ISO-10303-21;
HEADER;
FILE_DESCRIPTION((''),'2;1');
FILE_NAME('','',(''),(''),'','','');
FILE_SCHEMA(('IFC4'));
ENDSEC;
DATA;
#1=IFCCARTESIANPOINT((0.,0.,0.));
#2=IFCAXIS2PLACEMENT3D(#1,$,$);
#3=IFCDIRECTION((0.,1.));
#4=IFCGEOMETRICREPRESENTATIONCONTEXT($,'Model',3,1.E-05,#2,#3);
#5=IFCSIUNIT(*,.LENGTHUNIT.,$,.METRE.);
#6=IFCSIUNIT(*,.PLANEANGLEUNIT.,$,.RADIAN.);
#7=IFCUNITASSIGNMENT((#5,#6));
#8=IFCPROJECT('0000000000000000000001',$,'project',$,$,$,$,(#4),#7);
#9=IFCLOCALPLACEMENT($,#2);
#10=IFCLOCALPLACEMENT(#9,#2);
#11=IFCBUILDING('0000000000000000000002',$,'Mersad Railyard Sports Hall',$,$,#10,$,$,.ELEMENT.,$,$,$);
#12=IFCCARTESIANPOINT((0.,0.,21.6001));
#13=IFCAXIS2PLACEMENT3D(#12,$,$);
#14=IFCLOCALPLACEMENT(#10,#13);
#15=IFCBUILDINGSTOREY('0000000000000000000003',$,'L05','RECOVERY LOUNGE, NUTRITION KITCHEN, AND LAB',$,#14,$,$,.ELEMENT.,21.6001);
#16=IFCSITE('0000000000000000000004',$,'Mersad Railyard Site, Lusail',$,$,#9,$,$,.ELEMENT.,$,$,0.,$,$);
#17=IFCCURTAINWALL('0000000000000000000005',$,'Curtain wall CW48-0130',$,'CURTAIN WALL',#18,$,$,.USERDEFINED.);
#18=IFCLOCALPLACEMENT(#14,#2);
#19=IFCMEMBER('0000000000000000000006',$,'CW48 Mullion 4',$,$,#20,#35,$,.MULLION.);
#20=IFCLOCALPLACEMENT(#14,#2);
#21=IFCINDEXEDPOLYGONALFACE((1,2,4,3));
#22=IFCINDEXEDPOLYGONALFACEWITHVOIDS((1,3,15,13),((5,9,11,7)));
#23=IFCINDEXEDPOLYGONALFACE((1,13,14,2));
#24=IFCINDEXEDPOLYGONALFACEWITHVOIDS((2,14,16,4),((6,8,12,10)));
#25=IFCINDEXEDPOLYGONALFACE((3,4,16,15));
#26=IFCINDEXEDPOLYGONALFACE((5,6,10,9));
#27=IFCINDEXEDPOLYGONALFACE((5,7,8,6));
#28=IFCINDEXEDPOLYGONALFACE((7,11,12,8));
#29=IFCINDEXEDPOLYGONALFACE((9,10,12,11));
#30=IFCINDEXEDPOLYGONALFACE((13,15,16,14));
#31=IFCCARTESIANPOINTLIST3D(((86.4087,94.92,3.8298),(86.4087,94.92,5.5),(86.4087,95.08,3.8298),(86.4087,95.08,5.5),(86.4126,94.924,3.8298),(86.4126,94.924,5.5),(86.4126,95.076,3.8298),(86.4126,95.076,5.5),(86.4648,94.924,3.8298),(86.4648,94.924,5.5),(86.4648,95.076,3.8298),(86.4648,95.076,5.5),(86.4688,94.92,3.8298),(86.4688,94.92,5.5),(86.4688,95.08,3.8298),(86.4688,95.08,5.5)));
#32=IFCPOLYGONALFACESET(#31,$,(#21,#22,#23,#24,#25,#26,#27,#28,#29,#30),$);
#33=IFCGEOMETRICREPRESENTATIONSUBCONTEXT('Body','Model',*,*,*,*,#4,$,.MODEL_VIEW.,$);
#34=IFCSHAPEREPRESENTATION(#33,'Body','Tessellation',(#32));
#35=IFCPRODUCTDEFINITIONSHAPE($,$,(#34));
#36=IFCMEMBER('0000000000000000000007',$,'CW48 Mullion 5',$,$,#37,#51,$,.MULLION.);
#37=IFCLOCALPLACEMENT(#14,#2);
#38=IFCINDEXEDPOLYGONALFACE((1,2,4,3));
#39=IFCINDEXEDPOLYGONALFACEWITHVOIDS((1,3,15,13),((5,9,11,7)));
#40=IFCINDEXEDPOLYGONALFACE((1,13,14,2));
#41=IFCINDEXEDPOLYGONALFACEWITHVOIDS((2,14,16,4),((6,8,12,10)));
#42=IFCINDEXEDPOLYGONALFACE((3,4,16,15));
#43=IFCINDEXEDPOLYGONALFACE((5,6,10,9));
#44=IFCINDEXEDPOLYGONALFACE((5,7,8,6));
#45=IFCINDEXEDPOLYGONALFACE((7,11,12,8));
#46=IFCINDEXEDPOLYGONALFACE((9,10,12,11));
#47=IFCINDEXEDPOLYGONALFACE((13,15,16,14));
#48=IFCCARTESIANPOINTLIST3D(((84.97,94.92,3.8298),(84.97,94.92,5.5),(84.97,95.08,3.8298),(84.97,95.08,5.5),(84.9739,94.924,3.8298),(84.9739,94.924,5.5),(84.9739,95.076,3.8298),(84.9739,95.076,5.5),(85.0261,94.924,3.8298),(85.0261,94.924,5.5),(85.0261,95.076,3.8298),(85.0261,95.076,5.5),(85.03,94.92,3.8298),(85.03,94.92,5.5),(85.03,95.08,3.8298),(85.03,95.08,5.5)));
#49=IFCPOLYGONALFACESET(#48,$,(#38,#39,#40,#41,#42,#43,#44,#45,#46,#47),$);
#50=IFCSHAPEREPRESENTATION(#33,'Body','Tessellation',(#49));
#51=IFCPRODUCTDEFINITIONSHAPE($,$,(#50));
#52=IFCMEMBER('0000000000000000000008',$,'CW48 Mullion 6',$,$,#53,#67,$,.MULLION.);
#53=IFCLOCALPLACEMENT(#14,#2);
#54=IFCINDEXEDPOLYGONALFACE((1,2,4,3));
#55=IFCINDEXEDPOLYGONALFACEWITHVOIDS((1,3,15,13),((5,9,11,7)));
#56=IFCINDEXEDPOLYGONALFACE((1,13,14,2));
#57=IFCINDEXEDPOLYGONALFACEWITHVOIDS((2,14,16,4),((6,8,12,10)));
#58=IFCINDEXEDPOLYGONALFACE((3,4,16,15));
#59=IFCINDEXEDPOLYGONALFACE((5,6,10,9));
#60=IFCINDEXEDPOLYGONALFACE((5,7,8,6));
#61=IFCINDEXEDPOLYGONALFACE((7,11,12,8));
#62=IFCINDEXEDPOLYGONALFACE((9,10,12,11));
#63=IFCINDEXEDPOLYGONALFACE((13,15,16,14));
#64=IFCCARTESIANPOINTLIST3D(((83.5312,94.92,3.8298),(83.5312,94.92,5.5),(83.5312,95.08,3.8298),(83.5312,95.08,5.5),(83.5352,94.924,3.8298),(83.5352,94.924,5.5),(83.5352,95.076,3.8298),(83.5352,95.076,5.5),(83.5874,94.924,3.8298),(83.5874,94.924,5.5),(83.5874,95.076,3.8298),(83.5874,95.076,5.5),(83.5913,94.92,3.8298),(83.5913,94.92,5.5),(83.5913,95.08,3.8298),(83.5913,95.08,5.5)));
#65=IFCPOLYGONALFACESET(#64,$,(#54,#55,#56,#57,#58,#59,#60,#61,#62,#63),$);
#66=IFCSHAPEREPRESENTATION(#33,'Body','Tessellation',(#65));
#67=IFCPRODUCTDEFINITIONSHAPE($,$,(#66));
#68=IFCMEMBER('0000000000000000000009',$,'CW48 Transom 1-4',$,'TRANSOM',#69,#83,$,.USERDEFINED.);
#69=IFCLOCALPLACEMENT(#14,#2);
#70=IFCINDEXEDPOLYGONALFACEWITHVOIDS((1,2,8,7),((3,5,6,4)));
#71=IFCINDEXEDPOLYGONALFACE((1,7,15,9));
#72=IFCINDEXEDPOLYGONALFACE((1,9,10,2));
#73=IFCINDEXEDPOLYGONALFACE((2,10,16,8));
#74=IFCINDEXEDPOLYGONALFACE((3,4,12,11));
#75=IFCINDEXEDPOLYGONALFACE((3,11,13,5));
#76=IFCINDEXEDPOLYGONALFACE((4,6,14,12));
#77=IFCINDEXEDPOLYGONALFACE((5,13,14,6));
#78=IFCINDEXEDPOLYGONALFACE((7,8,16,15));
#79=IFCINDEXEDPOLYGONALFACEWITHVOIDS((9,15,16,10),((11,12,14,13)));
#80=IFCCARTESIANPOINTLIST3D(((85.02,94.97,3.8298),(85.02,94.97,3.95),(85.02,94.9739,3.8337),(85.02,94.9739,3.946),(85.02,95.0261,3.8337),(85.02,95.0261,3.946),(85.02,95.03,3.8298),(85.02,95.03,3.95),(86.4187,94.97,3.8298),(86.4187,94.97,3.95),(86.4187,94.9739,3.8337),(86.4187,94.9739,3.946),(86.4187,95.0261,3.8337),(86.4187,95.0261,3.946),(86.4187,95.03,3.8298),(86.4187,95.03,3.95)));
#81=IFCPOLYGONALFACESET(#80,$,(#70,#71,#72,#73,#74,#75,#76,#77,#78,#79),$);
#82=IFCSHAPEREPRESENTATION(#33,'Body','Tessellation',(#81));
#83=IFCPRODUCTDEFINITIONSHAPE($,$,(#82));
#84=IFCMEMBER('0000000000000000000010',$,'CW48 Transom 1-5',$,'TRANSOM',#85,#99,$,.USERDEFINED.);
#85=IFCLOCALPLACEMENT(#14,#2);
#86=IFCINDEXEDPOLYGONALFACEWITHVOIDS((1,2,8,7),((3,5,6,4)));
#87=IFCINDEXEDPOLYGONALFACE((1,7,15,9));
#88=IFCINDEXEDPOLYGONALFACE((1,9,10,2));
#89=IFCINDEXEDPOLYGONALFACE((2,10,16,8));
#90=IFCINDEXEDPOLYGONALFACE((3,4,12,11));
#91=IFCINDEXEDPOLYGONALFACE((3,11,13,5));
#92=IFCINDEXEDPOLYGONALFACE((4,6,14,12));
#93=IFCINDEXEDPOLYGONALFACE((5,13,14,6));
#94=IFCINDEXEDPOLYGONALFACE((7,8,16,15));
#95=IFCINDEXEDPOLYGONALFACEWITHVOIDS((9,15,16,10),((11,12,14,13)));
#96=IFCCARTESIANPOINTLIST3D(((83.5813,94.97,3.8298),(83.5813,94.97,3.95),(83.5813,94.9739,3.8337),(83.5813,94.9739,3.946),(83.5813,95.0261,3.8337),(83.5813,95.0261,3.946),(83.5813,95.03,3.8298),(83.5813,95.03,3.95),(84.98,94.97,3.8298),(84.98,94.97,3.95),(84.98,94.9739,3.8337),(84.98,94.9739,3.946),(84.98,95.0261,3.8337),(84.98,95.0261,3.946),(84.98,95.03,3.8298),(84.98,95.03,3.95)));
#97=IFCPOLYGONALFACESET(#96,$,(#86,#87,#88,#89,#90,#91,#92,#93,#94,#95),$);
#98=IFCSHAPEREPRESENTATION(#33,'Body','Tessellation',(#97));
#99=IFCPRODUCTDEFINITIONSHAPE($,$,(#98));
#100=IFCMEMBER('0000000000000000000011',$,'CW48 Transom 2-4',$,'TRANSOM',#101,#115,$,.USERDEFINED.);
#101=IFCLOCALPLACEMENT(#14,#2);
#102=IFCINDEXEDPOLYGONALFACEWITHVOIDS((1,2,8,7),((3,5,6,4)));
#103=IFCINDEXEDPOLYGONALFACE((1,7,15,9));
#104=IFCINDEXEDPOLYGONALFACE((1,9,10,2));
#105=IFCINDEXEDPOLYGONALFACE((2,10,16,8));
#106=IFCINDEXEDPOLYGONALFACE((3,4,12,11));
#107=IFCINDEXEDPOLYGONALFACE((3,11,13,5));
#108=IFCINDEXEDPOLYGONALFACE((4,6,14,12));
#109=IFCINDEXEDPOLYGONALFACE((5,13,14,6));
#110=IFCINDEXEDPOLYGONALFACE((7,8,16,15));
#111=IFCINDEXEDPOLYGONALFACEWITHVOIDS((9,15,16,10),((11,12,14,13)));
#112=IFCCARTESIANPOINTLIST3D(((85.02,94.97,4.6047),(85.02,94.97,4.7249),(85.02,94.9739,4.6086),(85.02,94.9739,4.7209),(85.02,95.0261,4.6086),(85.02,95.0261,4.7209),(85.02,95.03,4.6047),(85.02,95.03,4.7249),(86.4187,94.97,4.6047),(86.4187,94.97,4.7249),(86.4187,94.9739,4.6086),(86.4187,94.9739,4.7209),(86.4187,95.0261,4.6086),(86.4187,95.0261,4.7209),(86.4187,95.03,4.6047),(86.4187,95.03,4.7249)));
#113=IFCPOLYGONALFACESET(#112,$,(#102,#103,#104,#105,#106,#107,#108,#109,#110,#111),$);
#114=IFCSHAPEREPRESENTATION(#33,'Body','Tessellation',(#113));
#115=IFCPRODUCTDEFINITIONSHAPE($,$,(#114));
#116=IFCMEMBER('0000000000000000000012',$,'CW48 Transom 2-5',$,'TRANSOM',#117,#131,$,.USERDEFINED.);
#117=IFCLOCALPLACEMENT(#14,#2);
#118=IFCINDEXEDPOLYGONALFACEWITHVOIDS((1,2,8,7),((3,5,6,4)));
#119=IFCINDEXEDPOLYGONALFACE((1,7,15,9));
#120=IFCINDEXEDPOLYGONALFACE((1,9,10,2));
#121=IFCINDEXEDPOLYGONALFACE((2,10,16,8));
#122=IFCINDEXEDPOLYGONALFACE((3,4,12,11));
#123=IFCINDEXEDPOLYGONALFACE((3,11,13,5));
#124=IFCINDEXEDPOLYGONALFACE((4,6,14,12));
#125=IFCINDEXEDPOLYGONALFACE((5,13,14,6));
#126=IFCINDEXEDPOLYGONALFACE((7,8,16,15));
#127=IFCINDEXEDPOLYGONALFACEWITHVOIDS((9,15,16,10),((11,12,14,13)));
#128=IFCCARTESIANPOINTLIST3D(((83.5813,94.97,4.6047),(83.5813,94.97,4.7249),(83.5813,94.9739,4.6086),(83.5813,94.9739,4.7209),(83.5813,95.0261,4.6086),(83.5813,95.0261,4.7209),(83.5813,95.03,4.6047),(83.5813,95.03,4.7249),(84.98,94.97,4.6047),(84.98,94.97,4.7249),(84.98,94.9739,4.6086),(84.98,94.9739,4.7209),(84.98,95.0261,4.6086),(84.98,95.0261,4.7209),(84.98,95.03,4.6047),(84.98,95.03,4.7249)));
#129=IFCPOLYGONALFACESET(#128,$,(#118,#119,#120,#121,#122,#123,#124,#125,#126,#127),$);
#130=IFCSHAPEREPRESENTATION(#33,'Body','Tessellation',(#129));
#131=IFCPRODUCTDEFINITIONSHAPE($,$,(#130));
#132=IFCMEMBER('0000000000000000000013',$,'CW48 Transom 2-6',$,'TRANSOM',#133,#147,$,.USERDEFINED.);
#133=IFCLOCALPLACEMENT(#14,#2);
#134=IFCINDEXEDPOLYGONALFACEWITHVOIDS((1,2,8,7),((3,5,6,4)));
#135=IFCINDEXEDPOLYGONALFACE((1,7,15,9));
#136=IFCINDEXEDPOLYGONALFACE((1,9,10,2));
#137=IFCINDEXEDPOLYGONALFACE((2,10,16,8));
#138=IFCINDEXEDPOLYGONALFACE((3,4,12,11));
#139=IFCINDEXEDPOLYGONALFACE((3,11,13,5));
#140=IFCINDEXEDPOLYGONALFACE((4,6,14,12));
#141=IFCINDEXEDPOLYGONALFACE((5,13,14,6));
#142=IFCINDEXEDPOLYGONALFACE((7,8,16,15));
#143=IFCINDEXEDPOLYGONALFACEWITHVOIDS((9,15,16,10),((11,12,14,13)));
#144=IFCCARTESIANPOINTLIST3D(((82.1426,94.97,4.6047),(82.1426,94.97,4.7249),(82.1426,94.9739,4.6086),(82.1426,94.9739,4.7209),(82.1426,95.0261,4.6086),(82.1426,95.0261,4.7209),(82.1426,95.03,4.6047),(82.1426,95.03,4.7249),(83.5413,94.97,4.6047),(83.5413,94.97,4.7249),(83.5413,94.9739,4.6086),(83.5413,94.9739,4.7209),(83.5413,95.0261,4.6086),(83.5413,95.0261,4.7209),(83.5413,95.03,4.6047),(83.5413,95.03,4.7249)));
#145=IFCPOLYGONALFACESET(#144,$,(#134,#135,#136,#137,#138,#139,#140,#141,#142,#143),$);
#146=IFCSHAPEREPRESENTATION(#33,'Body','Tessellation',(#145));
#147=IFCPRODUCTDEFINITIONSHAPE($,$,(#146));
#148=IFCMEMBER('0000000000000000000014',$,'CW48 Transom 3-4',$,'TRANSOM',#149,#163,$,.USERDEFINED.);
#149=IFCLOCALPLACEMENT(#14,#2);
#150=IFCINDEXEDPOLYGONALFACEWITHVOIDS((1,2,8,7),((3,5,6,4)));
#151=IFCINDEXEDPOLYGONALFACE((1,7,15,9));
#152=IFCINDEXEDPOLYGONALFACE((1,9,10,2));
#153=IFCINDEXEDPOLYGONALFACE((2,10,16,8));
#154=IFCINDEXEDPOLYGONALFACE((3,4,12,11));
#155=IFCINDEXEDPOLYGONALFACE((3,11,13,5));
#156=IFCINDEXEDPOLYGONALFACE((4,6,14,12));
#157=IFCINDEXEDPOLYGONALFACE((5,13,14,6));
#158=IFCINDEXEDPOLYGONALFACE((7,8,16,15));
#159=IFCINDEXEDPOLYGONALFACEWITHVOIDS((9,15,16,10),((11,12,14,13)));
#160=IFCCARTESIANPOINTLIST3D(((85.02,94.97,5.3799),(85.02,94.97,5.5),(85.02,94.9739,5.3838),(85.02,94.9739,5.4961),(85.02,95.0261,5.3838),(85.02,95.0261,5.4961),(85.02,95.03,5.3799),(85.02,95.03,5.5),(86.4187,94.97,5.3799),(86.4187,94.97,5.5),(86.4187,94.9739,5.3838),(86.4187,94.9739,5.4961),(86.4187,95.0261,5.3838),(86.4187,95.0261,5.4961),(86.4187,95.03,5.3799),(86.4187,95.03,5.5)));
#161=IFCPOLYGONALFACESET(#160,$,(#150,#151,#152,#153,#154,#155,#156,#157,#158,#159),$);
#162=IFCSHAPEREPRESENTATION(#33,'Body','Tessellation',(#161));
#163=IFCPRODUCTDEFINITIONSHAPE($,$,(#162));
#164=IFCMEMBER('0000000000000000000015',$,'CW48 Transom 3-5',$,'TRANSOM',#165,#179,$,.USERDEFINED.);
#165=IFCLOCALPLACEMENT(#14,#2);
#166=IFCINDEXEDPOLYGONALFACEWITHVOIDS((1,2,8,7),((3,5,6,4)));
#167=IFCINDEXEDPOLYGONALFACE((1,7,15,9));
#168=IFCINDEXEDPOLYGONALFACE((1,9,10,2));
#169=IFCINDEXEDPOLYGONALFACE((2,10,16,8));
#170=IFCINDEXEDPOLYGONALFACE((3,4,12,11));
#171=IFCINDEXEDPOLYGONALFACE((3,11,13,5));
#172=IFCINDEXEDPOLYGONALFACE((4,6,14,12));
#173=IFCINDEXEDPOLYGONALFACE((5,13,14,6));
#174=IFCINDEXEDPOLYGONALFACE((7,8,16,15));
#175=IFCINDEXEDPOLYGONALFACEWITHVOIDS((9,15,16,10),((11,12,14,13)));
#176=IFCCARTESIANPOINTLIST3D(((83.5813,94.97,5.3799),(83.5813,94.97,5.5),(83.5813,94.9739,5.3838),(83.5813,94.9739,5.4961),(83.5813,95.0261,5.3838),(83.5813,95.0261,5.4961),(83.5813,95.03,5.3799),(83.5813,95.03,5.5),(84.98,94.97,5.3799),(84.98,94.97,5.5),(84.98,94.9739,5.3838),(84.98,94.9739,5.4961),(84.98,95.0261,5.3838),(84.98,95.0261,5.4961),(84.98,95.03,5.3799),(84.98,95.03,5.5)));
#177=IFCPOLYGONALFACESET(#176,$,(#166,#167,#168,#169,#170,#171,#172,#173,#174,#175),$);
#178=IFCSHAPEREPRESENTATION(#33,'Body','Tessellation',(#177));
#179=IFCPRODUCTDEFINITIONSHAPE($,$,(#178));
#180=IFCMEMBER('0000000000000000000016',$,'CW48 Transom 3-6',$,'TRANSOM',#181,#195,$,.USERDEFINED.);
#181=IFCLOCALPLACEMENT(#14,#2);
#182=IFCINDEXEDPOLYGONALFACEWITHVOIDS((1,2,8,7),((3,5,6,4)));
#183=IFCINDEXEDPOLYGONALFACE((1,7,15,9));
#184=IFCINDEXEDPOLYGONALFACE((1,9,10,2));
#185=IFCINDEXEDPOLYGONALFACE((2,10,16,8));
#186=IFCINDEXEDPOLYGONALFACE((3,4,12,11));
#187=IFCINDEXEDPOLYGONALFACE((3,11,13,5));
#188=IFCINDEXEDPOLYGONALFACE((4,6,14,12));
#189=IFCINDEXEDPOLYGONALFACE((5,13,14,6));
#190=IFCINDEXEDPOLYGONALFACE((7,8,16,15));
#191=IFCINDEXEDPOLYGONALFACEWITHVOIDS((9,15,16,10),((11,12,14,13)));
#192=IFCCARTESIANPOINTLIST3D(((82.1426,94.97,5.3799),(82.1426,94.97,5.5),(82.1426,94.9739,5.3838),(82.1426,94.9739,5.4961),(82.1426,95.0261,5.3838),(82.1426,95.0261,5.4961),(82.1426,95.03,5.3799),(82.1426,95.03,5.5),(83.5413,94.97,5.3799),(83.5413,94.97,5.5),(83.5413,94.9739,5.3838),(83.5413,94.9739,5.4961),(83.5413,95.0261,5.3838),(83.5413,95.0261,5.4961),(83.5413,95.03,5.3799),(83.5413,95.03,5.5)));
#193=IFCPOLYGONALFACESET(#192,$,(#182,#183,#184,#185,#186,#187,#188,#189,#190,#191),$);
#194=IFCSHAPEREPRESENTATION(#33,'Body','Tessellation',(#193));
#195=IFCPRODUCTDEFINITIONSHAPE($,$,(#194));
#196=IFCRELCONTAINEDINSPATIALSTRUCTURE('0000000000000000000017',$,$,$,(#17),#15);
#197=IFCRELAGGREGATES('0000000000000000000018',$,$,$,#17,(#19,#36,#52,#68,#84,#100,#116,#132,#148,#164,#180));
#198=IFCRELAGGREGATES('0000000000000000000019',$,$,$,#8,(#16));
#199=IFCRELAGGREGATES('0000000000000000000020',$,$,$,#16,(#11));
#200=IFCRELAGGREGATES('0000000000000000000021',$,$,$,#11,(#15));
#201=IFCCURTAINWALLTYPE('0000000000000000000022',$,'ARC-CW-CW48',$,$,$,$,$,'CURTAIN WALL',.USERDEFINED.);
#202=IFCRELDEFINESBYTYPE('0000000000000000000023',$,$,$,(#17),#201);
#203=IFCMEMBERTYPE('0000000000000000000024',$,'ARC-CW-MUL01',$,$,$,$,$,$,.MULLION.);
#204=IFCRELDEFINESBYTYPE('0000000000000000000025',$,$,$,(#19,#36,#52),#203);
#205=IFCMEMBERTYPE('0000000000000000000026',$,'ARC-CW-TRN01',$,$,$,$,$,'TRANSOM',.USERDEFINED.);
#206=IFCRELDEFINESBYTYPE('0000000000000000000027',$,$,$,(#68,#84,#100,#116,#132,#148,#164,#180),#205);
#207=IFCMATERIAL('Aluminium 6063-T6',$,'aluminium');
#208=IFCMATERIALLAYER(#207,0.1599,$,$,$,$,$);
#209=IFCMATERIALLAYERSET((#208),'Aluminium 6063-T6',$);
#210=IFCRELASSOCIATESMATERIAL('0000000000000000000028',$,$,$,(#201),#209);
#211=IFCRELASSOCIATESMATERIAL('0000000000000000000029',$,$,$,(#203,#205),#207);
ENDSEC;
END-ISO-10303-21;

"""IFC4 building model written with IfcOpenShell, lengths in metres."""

from ifc_helpers import new_model, si_unit, direction, frame, origin, origin_2d, place, context, subcontext, project, spatial, hollow_rectangle, extrude, material, layer, layer_set, material_profile, profile_set, type_object, element, aggregate, save


model = new_model("IFC4")

# Units and contexts
model_context = context("Model", 3, precision=1e-05, world=origin(), true_north=direction((0.0, 1.0)))
body_context = subcontext(model_context, "Body", "Model", "MODEL_VIEW")
ifc_project = project(units=[si_unit("LENGTHUNIT", "METRE"), si_unit("PLANEANGLEUNIT", "RADIAN")], contexts=[model_context])

# Site, building, storey
site_placement = place(None, origin())
site = spatial("IfcSite", under=ifc_project, at=site_placement, Name="Mersad Railyard Site, Lusail", CompositionType="ELEMENT", RefElevation=0.0)
building_placement = place(site_placement, origin())
building = spatial("IfcBuilding", under=site, at=building_placement, Name="Mersad Railyard Sports Hall", CompositionType="ELEMENT")
storey_placement = place(building_placement, frame((0.0, 0.0, 21.6001)))
storey = spatial("IfcBuildingStorey", under=building, at=storey_placement, Name="L05", Description="RECOVERY LOUNGE, NUTRITION KITCHEN, AND LAB", CompositionType="ELEMENT", Elevation=21.6001)

# Curtain wall, members
ifc_material_1 = material(Name="Aluminium 6063-T6", Category="aluminium")
ifc_layer_1 = layer(ifc_material_1, 0.1599)
ifc_layer_set_1 = layer_set([ifc_layer_1], Name="Aluminium 6063-T6")
curtain_wall_type = type_object("IfcCurtainWallType", Name="ARC-CW-CW48", ElementType="CURTAIN WALL", PredefinedType="USERDEFINED", material=ifc_layer_set_1)
curtain_wall_placement = place(storey_placement, origin())
curtain_wall = element("IfcCurtainWall", 1, at=curtain_wall_placement, inside=storey, type_object=curtain_wall_type, Name="Curtain wall CW48-0130", ObjectType="CURTAIN WALL", PredefinedType="USERDEFINED")
ifc_material_profile_1 = material_profile(ifc_material_1, hollow_rectangle(XDim=0.0601, YDim=0.1599, WallThickness=0.0039, at=origin_2d()), Name="AL MULLION 60x160x4")
ifc_profile_set_1 = profile_set([ifc_material_profile_1], Name="Aluminium 6063-T6")
member_type_1 = type_object("IfcMemberType", Name="ARC-CW-MUL01", PredefinedType="MULLION", material=ifc_profile_set_1)
member_1_placement = place(storey_placement, frame((86.4387, 95.0, 3.8298), z_axis=(0.0, 0.0, 1.0), x_axis=(1.0, 0.0, 0.0)))
member_1 = element("IfcMember", 2, at=member_1_placement, type_object=member_type_1, Name="CW48 Mullion 4", PredefinedType="MULLION", context=body_context, shape_type="SweptSolid", body=[
    extrude(hollow_rectangle(XDim=0.0601, YDim=0.1599, WallThickness=0.0039, at=origin_2d()), origin(), (0.0, 0.0, 1.0), 1.6702),
])
member_2_placement = place(storey_placement, frame((85.0, 95.0, 3.8298), z_axis=(0.0, 0.0, 1.0), x_axis=(1.0, 0.0, 0.0)))
member_2 = element("IfcMember", 3, at=member_2_placement, type_object=member_type_1, Name="CW48 Mullion 5", PredefinedType="MULLION", context=body_context, shape_type="SweptSolid", body=[
    extrude(hollow_rectangle(XDim=0.0601, YDim=0.1599, WallThickness=0.0039, at=origin_2d()), origin(), (0.0, 0.0, 1.0), 1.6702),
])
member_3_placement = place(storey_placement, frame((83.5613, 95.0, 3.8298), z_axis=(0.0, 0.0, 1.0), x_axis=(1.0, 0.0, 0.0)))
member_3 = element("IfcMember", 4, at=member_3_placement, type_object=member_type_1, Name="CW48 Mullion 6", PredefinedType="MULLION", context=body_context, shape_type="SweptSolid", body=[
    extrude(hollow_rectangle(XDim=0.0601, YDim=0.1599, WallThickness=0.0039, at=origin_2d()), origin(), (0.0, 0.0, 1.0), 1.6702),
])
ifc_material_profile_2 = material_profile(ifc_material_1, hollow_rectangle(XDim=0.0601, YDim=0.1201, WallThickness=0.0039, at=origin_2d()), Name="AL TRANSOM 60x120x4")
ifc_profile_set_2 = profile_set([ifc_material_profile_2], Name="Aluminium 6063-T6")
member_type_2 = type_object("IfcMemberType", Name="ARC-CW-TRN01", ElementType="TRANSOM", PredefinedType="USERDEFINED", material=ifc_profile_set_2)
member_4_placement = place(storey_placement, frame((86.4187, 95.0, 3.8899), z_axis=(-1.0, 0.0, 0.0), x_axis=(0.0, -1.0, 0.0)))
member_4 = element("IfcMember", 5, at=member_4_placement, type_object=member_type_2, Name="CW48 Transom 1-4", ObjectType="TRANSOM", PredefinedType="USERDEFINED", context=body_context, shape_type="SweptSolid", body=[
    extrude(hollow_rectangle(XDim=0.0601, YDim=0.1201, WallThickness=0.0039, at=origin_2d()), origin(), (0.0, 0.0, 1.0), 1.3987),
])
member_5_placement = place(storey_placement, frame((84.98, 95.0, 3.8899), z_axis=(-1.0, 0.0, 0.0), x_axis=(0.0, -1.0, 0.0)))
member_5 = element("IfcMember", 6, at=member_5_placement, type_object=member_type_2, Name="CW48 Transom 1-5", ObjectType="TRANSOM", PredefinedType="USERDEFINED", context=body_context, shape_type="SweptSolid", body=[
    extrude(hollow_rectangle(XDim=0.0601, YDim=0.1201, WallThickness=0.0039, at=origin_2d()), origin(), (0.0, 0.0, 1.0), 1.3987),
])
member_6_placement = place(storey_placement, frame((86.4187, 95.0, 4.6648), z_axis=(-1.0, 0.0, 0.0), x_axis=(0.0, -1.0, 0.0)))
member_6 = element("IfcMember", 7, at=member_6_placement, type_object=member_type_2, Name="CW48 Transom 2-4", ObjectType="TRANSOM", PredefinedType="USERDEFINED", context=body_context, shape_type="SweptSolid", body=[
    extrude(hollow_rectangle(XDim=0.0601, YDim=0.1201, WallThickness=0.0039, at=origin_2d()), origin(), (0.0, 0.0, 1.0), 1.3987),
])
member_7_placement = place(storey_placement, frame((84.98, 95.0, 4.6648), z_axis=(-1.0, 0.0, 0.0), x_axis=(0.0, -1.0, 0.0)))
member_7 = element("IfcMember", 8, at=member_7_placement, type_object=member_type_2, Name="CW48 Transom 2-5", ObjectType="TRANSOM", PredefinedType="USERDEFINED", context=body_context, shape_type="SweptSolid", body=[
    extrude(hollow_rectangle(XDim=0.0601, YDim=0.1201, WallThickness=0.0039, at=origin_2d()), origin(), (0.0, 0.0, 1.0), 1.3987),
])
member_8_placement = place(storey_placement, frame((83.5413, 95.0, 4.6648), z_axis=(-1.0, 0.0, 0.0), x_axis=(0.0, -1.0, 0.0)))
member_8 = element("IfcMember", 9, at=member_8_placement, type_object=member_type_2, Name="CW48 Transom 2-6", ObjectType="TRANSOM", PredefinedType="USERDEFINED", context=body_context, shape_type="SweptSolid", body=[
    extrude(hollow_rectangle(XDim=0.0601, YDim=0.1201, WallThickness=0.0039, at=origin_2d()), origin(), (0.0, 0.0, 1.0), 1.3987),
])
member_9_placement = place(storey_placement, frame((86.4187, 95.0, 5.4399), z_axis=(-1.0, 0.0, 0.0), x_axis=(0.0, -1.0, 0.0)))
member_9 = element("IfcMember", 10, at=member_9_placement, type_object=member_type_2, Name="CW48 Transom 3-4", ObjectType="TRANSOM", PredefinedType="USERDEFINED", context=body_context, shape_type="SweptSolid", body=[
    extrude(hollow_rectangle(XDim=0.0601, YDim=0.1201, WallThickness=0.0039, at=origin_2d()), origin(), (0.0, 0.0, 1.0), 1.3987),
])
member_10_placement = place(storey_placement, frame((84.98, 95.0, 5.4399), z_axis=(-1.0, 0.0, 0.0), x_axis=(0.0, -1.0, 0.0)))
member_10 = element("IfcMember", 11, at=member_10_placement, type_object=member_type_2, Name="CW48 Transom 3-5", ObjectType="TRANSOM", PredefinedType="USERDEFINED", context=body_context, shape_type="SweptSolid", body=[
    extrude(hollow_rectangle(XDim=0.0601, YDim=0.1201, WallThickness=0.0039, at=origin_2d()), origin(), (0.0, 0.0, 1.0), 1.3987),
])
member_11_placement = place(storey_placement, frame((83.5413, 95.0, 5.4399), z_axis=(-1.0, 0.0, 0.0), x_axis=(0.0, -1.0, 0.0)))
member_11 = element("IfcMember", 12, at=member_11_placement, type_object=member_type_2, Name="CW48 Transom 3-6", ObjectType="TRANSOM", PredefinedType="USERDEFINED", context=body_context, shape_type="SweptSolid", body=[
    extrude(hollow_rectangle(XDim=0.0601, YDim=0.1201, WallThickness=0.0039, at=origin_2d()), origin(), (0.0, 0.0, 1.0), 1.3987),
])

aggregate(curtain_wall, [member_1, member_2, member_3, member_4, member_5, member_6, member_7, member_8, member_9, member_10, member_11])

save(model, "model.ifc")
